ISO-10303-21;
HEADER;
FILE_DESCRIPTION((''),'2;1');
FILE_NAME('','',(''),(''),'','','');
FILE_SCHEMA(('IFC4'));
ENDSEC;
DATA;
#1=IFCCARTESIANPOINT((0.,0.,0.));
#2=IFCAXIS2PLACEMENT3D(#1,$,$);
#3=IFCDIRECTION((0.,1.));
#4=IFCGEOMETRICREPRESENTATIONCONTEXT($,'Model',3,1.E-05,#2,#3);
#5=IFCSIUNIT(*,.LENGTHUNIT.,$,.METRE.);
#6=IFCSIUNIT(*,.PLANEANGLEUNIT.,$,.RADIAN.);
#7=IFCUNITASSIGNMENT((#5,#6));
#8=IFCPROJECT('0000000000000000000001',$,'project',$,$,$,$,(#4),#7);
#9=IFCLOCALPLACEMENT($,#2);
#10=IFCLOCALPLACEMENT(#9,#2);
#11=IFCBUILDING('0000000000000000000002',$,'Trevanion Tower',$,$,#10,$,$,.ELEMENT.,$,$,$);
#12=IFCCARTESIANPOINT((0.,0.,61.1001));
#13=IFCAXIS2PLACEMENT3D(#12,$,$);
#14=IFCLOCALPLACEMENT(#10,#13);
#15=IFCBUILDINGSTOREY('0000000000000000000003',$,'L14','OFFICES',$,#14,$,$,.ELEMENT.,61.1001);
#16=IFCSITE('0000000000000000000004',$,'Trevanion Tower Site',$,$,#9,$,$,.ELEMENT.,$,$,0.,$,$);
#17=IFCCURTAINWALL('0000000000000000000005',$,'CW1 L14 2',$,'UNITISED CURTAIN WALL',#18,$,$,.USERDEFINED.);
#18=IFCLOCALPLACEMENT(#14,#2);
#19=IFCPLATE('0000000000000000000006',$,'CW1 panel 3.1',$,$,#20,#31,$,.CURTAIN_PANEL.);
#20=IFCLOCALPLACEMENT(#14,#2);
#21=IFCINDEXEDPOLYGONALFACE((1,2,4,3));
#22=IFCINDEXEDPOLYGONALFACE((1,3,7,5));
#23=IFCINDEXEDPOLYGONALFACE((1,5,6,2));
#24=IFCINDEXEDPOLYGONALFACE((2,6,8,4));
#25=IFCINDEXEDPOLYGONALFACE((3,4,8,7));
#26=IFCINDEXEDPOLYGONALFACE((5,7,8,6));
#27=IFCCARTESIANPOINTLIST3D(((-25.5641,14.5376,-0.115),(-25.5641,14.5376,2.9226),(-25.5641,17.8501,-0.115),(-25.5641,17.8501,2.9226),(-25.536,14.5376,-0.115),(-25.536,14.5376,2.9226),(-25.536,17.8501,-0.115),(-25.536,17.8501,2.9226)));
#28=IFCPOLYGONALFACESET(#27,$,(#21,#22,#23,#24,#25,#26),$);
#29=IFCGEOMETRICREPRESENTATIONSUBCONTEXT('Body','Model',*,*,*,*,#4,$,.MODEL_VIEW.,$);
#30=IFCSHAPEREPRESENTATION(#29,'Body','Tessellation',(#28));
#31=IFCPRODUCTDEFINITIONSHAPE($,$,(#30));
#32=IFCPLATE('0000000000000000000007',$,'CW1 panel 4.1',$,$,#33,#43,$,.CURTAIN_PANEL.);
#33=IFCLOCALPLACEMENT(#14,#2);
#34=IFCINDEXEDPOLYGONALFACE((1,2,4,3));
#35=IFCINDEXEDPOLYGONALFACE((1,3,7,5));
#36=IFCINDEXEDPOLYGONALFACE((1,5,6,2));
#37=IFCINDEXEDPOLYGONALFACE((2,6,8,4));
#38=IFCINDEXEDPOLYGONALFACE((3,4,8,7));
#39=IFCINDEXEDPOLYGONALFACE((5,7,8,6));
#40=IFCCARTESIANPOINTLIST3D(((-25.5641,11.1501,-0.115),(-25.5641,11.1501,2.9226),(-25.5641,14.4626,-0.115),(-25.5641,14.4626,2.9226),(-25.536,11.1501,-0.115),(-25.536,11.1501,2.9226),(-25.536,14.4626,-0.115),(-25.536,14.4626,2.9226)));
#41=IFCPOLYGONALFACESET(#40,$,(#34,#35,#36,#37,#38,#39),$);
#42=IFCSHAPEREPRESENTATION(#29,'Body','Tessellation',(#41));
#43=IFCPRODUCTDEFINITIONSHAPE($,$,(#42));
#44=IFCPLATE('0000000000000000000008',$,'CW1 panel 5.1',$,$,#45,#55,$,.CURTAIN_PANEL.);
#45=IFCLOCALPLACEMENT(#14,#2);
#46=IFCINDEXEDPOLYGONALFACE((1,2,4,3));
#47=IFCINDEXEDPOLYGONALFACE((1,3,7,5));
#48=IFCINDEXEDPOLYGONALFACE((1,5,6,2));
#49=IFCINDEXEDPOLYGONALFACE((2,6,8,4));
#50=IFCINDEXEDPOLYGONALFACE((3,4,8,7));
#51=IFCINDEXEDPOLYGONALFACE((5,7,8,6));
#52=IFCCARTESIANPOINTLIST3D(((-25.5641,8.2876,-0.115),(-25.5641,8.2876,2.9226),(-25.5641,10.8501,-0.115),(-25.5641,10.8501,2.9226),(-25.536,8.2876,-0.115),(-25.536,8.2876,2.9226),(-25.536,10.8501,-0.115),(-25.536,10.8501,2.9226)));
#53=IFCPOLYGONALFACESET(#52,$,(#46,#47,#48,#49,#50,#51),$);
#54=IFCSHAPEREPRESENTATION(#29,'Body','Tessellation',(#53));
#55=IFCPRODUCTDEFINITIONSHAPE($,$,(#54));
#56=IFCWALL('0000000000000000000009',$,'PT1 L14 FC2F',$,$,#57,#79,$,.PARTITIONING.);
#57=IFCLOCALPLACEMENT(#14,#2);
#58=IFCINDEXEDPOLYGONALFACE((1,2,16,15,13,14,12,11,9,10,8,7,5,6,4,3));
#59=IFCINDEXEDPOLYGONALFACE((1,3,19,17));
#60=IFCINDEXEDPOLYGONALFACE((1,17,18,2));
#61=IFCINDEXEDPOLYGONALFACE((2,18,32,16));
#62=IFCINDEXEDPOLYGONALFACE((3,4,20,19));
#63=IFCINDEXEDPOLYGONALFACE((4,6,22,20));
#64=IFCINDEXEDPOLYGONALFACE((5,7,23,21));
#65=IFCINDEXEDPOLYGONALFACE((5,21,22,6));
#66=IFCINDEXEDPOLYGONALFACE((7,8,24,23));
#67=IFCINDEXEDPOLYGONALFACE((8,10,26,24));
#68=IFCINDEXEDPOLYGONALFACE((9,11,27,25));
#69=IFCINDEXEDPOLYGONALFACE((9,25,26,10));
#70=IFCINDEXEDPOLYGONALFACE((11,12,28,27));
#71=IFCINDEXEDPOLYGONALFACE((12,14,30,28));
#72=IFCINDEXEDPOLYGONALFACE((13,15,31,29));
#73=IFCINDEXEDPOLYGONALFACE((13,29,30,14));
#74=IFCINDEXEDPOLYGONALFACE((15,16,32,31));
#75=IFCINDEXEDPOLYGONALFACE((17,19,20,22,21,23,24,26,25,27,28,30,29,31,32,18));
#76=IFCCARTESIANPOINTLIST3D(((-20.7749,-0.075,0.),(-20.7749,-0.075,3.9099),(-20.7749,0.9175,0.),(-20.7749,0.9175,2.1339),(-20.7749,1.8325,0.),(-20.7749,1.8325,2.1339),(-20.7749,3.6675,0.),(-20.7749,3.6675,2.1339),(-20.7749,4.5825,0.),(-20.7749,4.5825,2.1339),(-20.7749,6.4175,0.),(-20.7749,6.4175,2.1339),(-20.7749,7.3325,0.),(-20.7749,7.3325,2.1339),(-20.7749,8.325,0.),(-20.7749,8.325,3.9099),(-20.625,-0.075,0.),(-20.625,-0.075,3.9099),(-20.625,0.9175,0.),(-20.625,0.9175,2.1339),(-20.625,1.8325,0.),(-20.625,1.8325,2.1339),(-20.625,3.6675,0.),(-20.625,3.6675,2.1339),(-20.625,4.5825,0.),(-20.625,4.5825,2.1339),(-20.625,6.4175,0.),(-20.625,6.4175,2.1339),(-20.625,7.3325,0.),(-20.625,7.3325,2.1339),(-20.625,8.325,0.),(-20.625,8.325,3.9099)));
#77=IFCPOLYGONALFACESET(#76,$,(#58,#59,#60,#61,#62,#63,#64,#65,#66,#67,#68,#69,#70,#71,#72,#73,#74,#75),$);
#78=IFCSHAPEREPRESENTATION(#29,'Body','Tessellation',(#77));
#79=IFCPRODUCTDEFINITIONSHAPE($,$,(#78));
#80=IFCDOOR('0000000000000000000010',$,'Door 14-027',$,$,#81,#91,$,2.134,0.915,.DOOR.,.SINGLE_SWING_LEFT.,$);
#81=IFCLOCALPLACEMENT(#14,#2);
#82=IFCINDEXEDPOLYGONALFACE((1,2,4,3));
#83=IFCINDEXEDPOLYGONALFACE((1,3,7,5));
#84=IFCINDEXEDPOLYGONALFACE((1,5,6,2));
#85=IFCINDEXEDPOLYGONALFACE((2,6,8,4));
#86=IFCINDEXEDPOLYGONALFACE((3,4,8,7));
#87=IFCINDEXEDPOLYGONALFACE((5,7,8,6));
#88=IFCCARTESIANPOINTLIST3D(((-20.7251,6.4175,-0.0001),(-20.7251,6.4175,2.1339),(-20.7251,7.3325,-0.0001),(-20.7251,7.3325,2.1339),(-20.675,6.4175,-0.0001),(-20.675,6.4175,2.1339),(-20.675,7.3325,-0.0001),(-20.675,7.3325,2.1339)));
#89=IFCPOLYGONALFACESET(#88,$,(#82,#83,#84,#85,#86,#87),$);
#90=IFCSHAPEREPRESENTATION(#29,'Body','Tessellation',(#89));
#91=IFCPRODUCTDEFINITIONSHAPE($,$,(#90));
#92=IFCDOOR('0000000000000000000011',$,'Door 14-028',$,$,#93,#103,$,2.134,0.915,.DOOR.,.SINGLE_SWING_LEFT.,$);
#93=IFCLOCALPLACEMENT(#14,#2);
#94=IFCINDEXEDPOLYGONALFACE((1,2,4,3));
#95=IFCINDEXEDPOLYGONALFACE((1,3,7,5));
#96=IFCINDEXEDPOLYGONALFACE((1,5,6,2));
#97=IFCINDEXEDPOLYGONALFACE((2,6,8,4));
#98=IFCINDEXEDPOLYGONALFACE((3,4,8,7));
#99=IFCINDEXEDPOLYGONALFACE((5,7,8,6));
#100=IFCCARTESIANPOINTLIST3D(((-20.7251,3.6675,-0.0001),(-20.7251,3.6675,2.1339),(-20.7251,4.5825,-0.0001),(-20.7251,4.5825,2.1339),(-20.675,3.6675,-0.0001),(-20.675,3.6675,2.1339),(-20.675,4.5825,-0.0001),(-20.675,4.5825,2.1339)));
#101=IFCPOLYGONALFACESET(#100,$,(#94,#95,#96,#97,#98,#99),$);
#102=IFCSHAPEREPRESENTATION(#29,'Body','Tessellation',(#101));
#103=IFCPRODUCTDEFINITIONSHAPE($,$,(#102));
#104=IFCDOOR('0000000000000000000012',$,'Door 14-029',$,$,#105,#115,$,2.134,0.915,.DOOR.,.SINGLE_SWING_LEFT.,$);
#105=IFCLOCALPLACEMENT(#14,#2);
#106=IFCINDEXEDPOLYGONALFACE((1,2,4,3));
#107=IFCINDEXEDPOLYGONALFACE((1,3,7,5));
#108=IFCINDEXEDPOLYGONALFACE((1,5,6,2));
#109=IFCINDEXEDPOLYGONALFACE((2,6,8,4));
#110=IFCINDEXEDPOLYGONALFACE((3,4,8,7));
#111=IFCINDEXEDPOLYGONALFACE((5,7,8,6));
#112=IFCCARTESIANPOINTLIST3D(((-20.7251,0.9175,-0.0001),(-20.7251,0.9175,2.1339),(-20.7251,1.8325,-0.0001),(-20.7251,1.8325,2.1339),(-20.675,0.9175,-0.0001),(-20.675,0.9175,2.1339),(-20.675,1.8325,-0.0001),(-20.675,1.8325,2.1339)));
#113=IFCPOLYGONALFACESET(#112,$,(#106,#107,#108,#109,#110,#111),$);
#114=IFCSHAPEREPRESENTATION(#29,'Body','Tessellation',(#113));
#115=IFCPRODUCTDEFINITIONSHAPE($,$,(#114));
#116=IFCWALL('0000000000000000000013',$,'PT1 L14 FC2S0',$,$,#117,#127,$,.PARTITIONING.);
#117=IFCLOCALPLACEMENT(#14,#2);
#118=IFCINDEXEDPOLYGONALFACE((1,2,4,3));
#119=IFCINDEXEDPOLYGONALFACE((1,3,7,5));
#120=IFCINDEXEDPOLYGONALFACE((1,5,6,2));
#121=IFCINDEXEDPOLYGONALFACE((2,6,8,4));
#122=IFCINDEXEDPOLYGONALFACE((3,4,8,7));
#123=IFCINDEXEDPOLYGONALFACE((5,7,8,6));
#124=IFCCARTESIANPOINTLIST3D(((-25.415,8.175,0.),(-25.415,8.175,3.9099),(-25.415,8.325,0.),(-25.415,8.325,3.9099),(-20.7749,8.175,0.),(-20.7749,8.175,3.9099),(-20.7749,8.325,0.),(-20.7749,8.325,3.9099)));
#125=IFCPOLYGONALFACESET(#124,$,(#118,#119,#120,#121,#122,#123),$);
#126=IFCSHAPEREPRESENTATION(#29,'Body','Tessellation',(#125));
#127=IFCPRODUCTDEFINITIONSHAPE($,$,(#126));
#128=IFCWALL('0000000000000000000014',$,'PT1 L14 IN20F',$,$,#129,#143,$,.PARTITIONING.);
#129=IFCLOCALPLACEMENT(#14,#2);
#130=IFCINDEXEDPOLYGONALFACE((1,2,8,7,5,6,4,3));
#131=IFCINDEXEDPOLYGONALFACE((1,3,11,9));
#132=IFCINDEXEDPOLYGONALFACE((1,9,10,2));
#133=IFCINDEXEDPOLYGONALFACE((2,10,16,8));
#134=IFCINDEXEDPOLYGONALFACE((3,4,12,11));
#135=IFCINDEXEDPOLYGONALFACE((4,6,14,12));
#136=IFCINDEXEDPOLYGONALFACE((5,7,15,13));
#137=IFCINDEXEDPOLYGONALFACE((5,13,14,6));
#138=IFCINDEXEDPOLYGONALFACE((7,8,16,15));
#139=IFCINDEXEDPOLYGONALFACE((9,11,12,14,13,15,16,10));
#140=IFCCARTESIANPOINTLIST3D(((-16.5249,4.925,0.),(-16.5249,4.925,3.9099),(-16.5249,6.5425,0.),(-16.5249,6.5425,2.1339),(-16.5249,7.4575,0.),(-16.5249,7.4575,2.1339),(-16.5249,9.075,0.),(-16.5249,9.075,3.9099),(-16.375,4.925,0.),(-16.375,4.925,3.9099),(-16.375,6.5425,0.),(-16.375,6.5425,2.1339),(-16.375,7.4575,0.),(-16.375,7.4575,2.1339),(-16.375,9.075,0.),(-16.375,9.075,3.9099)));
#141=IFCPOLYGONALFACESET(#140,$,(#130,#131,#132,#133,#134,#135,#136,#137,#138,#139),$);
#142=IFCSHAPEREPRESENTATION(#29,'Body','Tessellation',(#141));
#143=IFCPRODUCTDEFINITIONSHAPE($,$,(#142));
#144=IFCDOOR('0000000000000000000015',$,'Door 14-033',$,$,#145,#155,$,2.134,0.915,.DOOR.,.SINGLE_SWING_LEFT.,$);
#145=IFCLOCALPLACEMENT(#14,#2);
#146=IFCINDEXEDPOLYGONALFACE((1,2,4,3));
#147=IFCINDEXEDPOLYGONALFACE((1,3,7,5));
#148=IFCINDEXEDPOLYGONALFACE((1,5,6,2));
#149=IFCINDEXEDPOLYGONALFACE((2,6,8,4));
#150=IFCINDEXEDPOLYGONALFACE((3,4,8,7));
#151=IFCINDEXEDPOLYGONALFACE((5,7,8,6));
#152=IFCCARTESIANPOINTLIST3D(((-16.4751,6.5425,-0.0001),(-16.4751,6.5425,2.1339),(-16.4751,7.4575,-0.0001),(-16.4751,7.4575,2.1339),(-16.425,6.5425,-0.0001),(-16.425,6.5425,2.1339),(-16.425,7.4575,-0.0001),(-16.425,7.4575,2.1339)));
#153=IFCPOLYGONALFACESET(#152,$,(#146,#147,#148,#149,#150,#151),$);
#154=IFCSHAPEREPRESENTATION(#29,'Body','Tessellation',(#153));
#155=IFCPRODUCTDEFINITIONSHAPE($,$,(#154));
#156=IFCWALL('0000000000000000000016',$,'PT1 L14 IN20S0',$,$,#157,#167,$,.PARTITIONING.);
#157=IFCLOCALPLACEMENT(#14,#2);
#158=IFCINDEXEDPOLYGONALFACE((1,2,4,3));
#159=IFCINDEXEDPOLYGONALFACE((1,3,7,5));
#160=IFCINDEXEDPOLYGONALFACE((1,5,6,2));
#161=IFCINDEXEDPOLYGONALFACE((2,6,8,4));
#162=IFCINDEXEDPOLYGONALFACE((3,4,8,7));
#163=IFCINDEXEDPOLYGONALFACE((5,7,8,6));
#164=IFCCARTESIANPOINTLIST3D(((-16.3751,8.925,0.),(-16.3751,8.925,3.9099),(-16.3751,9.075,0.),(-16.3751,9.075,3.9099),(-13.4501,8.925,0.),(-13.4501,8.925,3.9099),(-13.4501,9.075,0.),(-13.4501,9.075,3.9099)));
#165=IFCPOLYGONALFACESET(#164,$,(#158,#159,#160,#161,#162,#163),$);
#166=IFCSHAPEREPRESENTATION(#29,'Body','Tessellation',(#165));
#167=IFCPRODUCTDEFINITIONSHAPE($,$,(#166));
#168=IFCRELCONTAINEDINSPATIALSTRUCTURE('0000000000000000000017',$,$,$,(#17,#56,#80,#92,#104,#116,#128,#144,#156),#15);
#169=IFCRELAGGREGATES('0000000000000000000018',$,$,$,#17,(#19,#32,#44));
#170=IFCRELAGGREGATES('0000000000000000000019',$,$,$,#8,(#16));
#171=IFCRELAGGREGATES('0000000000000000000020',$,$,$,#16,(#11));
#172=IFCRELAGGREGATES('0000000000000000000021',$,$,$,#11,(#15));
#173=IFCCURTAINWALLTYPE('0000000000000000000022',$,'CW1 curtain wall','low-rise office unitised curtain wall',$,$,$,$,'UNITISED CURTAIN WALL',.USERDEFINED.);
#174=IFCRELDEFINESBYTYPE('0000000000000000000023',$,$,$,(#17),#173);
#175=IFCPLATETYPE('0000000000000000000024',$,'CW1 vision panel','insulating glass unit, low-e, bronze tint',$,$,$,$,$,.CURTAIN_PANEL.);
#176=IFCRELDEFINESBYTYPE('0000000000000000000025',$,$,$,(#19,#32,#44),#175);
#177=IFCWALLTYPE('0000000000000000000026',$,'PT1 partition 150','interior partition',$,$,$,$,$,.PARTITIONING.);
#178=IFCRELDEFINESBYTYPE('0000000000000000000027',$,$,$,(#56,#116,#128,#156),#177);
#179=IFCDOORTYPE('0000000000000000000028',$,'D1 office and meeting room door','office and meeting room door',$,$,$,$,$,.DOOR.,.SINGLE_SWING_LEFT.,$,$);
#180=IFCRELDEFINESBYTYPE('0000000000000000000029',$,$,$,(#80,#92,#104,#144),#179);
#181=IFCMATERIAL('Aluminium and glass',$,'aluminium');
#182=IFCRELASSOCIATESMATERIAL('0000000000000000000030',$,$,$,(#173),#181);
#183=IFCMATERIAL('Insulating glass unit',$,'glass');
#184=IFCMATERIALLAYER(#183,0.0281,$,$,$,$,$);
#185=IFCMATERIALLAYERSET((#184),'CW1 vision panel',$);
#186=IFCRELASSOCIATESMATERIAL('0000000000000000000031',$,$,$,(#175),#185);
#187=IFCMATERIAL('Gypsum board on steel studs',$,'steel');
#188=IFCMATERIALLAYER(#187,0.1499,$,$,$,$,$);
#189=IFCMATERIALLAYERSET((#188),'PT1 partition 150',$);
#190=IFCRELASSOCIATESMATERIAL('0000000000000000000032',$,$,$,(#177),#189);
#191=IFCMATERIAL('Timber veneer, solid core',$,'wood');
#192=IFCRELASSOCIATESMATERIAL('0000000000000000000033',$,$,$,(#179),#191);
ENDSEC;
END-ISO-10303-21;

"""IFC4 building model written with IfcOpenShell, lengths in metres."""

from ifc_helpers import new_model, si_unit, direction, frame, frame_2d, origin, origin_2d, place, context, subcontext, project, spatial, rectangle, extrude, material, layer, layer_set, type_object, element, fill, aggregate, save


model = new_model("IFC4")

# Units and contexts
model_context = context("Model", 3, precision=1e-05, world=origin(), true_north=direction((0.0, 1.0)))
body_context = subcontext(model_context, "Body", "Model", "MODEL_VIEW")
ifc_project = project(units=[si_unit("LENGTHUNIT", "METRE"), si_unit("PLANEANGLEUNIT", "RADIAN")], contexts=[model_context])

# Site, building, storey
site_placement = place(None, origin())
site = spatial("IfcSite", under=ifc_project, at=site_placement, Name="Trevanion Tower Site", CompositionType="ELEMENT", RefElevation=0.0)
building_placement = place(site_placement, origin())
building = spatial("IfcBuilding", under=site, at=building_placement, Name="Trevanion Tower", CompositionType="ELEMENT")
storey_placement = place(building_placement, frame((0.0, 0.0, 61.1001)))
storey = spatial("IfcBuildingStorey", under=building, at=storey_placement, Name="L14", Description="OFFICES", CompositionType="ELEMENT", Elevation=61.1001)

# Curtain wall
ifc_material_1 = material(Name="Aluminium and glass", Category="aluminium")
curtain_wall_type = type_object("IfcCurtainWallType", Name="CW1 curtain wall", Description="low-rise office unitised curtain wall", ElementType="UNITISED CURTAIN WALL", PredefinedType="USERDEFINED", material=ifc_material_1)
curtain_wall_placement = place(storey_placement, origin())
curtain_wall = element("IfcCurtainWall", 1, at=curtain_wall_placement, inside=storey, type_object=curtain_wall_type, Name="CW1 L14 2", ObjectType="UNITISED CURTAIN WALL", PredefinedType="USERDEFINED")

# Plates
ifc_material_2 = material(Name="Insulating glass unit", Category="glass")
ifc_layer_1 = layer(ifc_material_2, 0.0281)
ifc_layer_set_1 = layer_set([ifc_layer_1], Name="CW1 vision panel")
plate_type_1 = type_object("IfcPlateType", Name="CW1 vision panel", Description="insulating glass unit, low-e, bronze tint", PredefinedType="CURTAIN_PANEL", material=ifc_layer_set_1)
plate_1_placement = place(storey_placement, frame((-25.55, 16.1938, -0.115), z_axis=(0.0, 0.0, 1.0), x_axis=(0.0, -1.0, 0.0)))
plate_1 = element("IfcPlate", 2, at=plate_1_placement, type_object=plate_type_1, Name="CW1 panel 3.1", PredefinedType="CURTAIN_PANEL", context=body_context, shape_type="SweptSolid", body=[
    extrude(rectangle(XDim=3.3125, YDim=0.0281, at=origin_2d()), origin(), (0.0, 0.0, 1.0), 3.0376),
])
plate_2_placement = place(storey_placement, frame((-25.55, 12.8064, -0.115), z_axis=(0.0, 0.0, 1.0), x_axis=(0.0, -1.0, 0.0)))
plate_2 = element("IfcPlate", 3, at=plate_2_placement, type_object=plate_type_1, Name="CW1 panel 4.1", PredefinedType="CURTAIN_PANEL", context=body_context, shape_type="SweptSolid", body=[
    extrude(rectangle(XDim=3.3125, YDim=0.0281, at=origin_2d()), origin(), (0.0, 0.0, 1.0), 3.0376),
])
plate_3_placement = place(storey_placement, frame((-25.55, 9.5688, -0.115), z_axis=(0.0, 0.0, 1.0), x_axis=(0.0, -1.0, 0.0)))
plate_3 = element("IfcPlate", 4, at=plate_3_placement, type_object=plate_type_1, Name="CW1 panel 5.1", PredefinedType="CURTAIN_PANEL", context=body_context, shape_type="SweptSolid", body=[
    extrude(rectangle(XDim=2.5625, YDim=0.0281, at=origin_2d()), origin(), (0.0, 0.0, 1.0), 3.0376),
])
aggregate(curtain_wall, [plate_1, plate_2, plate_3])

# Wall, openings, doors
ifc_material_3 = material(Name="Gypsum board on steel studs", Category="steel")
ifc_layer_2 = layer(ifc_material_3, 0.1499)
ifc_layer_set_2 = layer_set([ifc_layer_2], Name="PT1 partition 150")
wall_type = type_object("IfcWallType", Name="PT1 partition 150", Description="interior partition", PredefinedType="PARTITIONING", material=ifc_layer_set_2)
wall_1_placement = place(storey_placement, frame((-20.7, 8.325, 0.0), z_axis=(0.0, 0.0, 1.0), x_axis=(0.0, -1.0, 0.0)))
wall_1 = element("IfcWall", 5, at=wall_1_placement, inside=storey, type_object=wall_type, Name="PT1 L14 FC2F", PredefinedType="PARTITIONING", context=body_context, shape_type="SweptSolid", body=[
    extrude(rectangle(XDim=8.3999, YDim=0.1499, at=frame_2d((4.2, 0.0))), origin(), (0.0, 0.0, 1.0), 3.9099),
])
opening_1_placement = place(wall_1_placement, frame((0.9924, 0.0, 0.0)))
opening_1 = element("IfcOpeningElement", 6, at=opening_1_placement, cuts=wall_1, PredefinedType="OPENING", context=body_context, shape_type="SweptSolid", body=[
    extrude(rectangle(XDim=0.915, YDim=2.134, at=frame_2d((0.4575, 1.0669))), frame((0.0, 0.085, 0.0), z_axis=(0.0, -1.0, 0.0), x_axis=(1.0, 0.0, 0.0)), (0.0, 0.0, 1.0), 0.1699),
])
opening_2_placement = place(wall_1_placement, frame((3.7424, 0.0, 0.0)))
opening_2 = element("IfcOpeningElement", 7, at=opening_2_placement, cuts=wall_1, PredefinedType="OPENING", context=body_context, shape_type="SweptSolid", body=[
    extrude(rectangle(XDim=0.915, YDim=2.134, at=frame_2d((0.4575, 1.0669))), frame((0.0, 0.085, 0.0), z_axis=(0.0, -1.0, 0.0), x_axis=(1.0, 0.0, 0.0)), (0.0, 0.0, 1.0), 0.1699),
])
opening_3_placement = place(wall_1_placement, frame((6.4924, 0.0, 0.0)))
opening_3 = element("IfcOpeningElement", 8, at=opening_3_placement, cuts=wall_1, PredefinedType="OPENING", context=body_context, shape_type="SweptSolid", body=[
    extrude(rectangle(XDim=0.915, YDim=2.134, at=frame_2d((0.4575, 1.0669))), frame((0.0, 0.085, 0.0), z_axis=(0.0, -1.0, 0.0), x_axis=(1.0, 0.0, 0.0)), (0.0, 0.0, 1.0), 0.1699),
])
ifc_material_4 = material(Name="Timber veneer, solid core", Category="wood")
door_type = type_object("IfcDoorType", Name="D1 office and meeting room door", Description="office and meeting room door", OperationType="SINGLE_SWING_LEFT", PredefinedType="DOOR", material=ifc_material_4)
door_1_placement = place(opening_1_placement, origin())
door_1 = element("IfcDoor", 9, at=door_1_placement, inside=storey, type_object=door_type, Name="Door 14-027", OperationType="SINGLE_SWING_LEFT", OverallHeight=2.134, OverallWidth=0.915, PredefinedType="DOOR", context=body_context, shape_type="SweptSolid", body=[
    extrude(rectangle(XDim=0.915, YDim=2.134, at=frame_2d((0.4575, 1.0669))), frame((0.0, 0.0249, 0.0), z_axis=(0.0, -1.0, 0.0), x_axis=(1.0, 0.0, 0.0)), (0.0, 0.0, 1.0), 0.05),
])
fill(opening_1, door_1)
door_2_placement = place(opening_2_placement, origin())
door_2 = element("IfcDoor", 10, at=door_2_placement, inside=storey, type_object=door_type, Name="Door 14-028", OperationType="SINGLE_SWING_LEFT", OverallHeight=2.134, OverallWidth=0.915, PredefinedType="DOOR", context=body_context, shape_type="SweptSolid", body=[
    extrude(rectangle(XDim=0.915, YDim=2.134, at=frame_2d((0.4575, 1.0669))), frame((0.0, 0.0249, 0.0), z_axis=(0.0, -1.0, 0.0), x_axis=(1.0, 0.0, 0.0)), (0.0, 0.0, 1.0), 0.05),
])
fill(opening_2, door_2)
door_3_placement = place(opening_3_placement, origin())
door_3 = element("IfcDoor", 11, at=door_3_placement, inside=storey, type_object=door_type, Name="Door 14-029", OperationType="SINGLE_SWING_LEFT", OverallHeight=2.134, OverallWidth=0.915, PredefinedType="DOOR", context=body_context, shape_type="SweptSolid", body=[
    extrude(rectangle(XDim=0.915, YDim=2.134, at=frame_2d((0.4575, 1.0669))), frame((0.0, 0.0249, 0.0), z_axis=(0.0, -1.0, 0.0), x_axis=(1.0, 0.0, 0.0)), (0.0, 0.0, 1.0), 0.05),
])
fill(opening_3, door_3)

# Wall
wall_2_placement = place(storey_placement, frame((-20.7749, 8.25, 0.0), z_axis=(0.0, 0.0, 1.0), x_axis=(-1.0, 0.0, 0.0)))
element("IfcWall", 12, at=wall_2_placement, inside=storey, type_object=wall_type, Name="PT1 L14 FC2S0", PredefinedType="PARTITIONING", context=body_context, shape_type="SweptSolid", body=[
    extrude(rectangle(XDim=4.6401, YDim=0.1499, at=frame_2d((2.3201, 0.0))), origin(), (0.0, 0.0, 1.0), 3.9099),
])

# Wall, opening, door
wall_3_placement = place(storey_placement, frame((-16.45, 9.075, 0.0), z_axis=(0.0, 0.0, 1.0), x_axis=(0.0, -1.0, 0.0)))
wall_3 = element("IfcWall", 13, at=wall_3_placement, inside=storey, type_object=wall_type, Name="PT1 L14 IN20F", PredefinedType="PARTITIONING", context=body_context, shape_type="SweptSolid", body=[
    extrude(rectangle(XDim=4.1499, YDim=0.1499, at=frame_2d((2.075, 0.0))), origin(), (0.0, 0.0, 1.0), 3.9099),
])
opening_4_placement = place(wall_3_placement, frame((1.6174, 0.0, 0.0)))
opening_4 = element("IfcOpeningElement", 14, at=opening_4_placement, cuts=wall_3, PredefinedType="OPENING", context=body_context, shape_type="SweptSolid", body=[
    extrude(rectangle(XDim=0.915, YDim=2.134, at=frame_2d((0.4575, 1.0669))), frame((0.0, 0.085, 0.0), z_axis=(0.0, -1.0, 0.0), x_axis=(1.0, 0.0, 0.0)), (0.0, 0.0, 1.0), 0.1699),
])
door_4_placement = place(opening_4_placement, origin())
door_4 = element("IfcDoor", 15, at=door_4_placement, inside=storey, type_object=door_type, Name="Door 14-033", OperationType="SINGLE_SWING_LEFT", OverallHeight=2.134, OverallWidth=0.915, PredefinedType="DOOR", context=body_context, shape_type="SweptSolid", body=[
    extrude(rectangle(XDim=0.915, YDim=2.134, at=frame_2d((0.4575, 1.0669))), frame((0.0, 0.0249, 0.0), z_axis=(0.0, -1.0, 0.0), x_axis=(1.0, 0.0, 0.0)), (0.0, 0.0, 1.0), 0.05),
])
fill(opening_4, door_4)

# Wall
wall_4_placement = place(storey_placement, frame((-16.375, 9.0, 0.0), z_axis=(0.0, 0.0, 1.0), x_axis=(1.0, 0.0, 0.0)))
element("IfcWall", 16, at=wall_4_placement, inside=storey, type_object=wall_type, Name="PT1 L14 IN20S0", PredefinedType="PARTITIONING", context=body_context, shape_type="SweptSolid", body=[
    extrude(rectangle(XDim=2.925, YDim=0.1499, at=frame_2d((1.4624, 0.0))), origin(), (0.0, 0.0, 1.0), 3.9099),
])

save(model, "model.ifc")
